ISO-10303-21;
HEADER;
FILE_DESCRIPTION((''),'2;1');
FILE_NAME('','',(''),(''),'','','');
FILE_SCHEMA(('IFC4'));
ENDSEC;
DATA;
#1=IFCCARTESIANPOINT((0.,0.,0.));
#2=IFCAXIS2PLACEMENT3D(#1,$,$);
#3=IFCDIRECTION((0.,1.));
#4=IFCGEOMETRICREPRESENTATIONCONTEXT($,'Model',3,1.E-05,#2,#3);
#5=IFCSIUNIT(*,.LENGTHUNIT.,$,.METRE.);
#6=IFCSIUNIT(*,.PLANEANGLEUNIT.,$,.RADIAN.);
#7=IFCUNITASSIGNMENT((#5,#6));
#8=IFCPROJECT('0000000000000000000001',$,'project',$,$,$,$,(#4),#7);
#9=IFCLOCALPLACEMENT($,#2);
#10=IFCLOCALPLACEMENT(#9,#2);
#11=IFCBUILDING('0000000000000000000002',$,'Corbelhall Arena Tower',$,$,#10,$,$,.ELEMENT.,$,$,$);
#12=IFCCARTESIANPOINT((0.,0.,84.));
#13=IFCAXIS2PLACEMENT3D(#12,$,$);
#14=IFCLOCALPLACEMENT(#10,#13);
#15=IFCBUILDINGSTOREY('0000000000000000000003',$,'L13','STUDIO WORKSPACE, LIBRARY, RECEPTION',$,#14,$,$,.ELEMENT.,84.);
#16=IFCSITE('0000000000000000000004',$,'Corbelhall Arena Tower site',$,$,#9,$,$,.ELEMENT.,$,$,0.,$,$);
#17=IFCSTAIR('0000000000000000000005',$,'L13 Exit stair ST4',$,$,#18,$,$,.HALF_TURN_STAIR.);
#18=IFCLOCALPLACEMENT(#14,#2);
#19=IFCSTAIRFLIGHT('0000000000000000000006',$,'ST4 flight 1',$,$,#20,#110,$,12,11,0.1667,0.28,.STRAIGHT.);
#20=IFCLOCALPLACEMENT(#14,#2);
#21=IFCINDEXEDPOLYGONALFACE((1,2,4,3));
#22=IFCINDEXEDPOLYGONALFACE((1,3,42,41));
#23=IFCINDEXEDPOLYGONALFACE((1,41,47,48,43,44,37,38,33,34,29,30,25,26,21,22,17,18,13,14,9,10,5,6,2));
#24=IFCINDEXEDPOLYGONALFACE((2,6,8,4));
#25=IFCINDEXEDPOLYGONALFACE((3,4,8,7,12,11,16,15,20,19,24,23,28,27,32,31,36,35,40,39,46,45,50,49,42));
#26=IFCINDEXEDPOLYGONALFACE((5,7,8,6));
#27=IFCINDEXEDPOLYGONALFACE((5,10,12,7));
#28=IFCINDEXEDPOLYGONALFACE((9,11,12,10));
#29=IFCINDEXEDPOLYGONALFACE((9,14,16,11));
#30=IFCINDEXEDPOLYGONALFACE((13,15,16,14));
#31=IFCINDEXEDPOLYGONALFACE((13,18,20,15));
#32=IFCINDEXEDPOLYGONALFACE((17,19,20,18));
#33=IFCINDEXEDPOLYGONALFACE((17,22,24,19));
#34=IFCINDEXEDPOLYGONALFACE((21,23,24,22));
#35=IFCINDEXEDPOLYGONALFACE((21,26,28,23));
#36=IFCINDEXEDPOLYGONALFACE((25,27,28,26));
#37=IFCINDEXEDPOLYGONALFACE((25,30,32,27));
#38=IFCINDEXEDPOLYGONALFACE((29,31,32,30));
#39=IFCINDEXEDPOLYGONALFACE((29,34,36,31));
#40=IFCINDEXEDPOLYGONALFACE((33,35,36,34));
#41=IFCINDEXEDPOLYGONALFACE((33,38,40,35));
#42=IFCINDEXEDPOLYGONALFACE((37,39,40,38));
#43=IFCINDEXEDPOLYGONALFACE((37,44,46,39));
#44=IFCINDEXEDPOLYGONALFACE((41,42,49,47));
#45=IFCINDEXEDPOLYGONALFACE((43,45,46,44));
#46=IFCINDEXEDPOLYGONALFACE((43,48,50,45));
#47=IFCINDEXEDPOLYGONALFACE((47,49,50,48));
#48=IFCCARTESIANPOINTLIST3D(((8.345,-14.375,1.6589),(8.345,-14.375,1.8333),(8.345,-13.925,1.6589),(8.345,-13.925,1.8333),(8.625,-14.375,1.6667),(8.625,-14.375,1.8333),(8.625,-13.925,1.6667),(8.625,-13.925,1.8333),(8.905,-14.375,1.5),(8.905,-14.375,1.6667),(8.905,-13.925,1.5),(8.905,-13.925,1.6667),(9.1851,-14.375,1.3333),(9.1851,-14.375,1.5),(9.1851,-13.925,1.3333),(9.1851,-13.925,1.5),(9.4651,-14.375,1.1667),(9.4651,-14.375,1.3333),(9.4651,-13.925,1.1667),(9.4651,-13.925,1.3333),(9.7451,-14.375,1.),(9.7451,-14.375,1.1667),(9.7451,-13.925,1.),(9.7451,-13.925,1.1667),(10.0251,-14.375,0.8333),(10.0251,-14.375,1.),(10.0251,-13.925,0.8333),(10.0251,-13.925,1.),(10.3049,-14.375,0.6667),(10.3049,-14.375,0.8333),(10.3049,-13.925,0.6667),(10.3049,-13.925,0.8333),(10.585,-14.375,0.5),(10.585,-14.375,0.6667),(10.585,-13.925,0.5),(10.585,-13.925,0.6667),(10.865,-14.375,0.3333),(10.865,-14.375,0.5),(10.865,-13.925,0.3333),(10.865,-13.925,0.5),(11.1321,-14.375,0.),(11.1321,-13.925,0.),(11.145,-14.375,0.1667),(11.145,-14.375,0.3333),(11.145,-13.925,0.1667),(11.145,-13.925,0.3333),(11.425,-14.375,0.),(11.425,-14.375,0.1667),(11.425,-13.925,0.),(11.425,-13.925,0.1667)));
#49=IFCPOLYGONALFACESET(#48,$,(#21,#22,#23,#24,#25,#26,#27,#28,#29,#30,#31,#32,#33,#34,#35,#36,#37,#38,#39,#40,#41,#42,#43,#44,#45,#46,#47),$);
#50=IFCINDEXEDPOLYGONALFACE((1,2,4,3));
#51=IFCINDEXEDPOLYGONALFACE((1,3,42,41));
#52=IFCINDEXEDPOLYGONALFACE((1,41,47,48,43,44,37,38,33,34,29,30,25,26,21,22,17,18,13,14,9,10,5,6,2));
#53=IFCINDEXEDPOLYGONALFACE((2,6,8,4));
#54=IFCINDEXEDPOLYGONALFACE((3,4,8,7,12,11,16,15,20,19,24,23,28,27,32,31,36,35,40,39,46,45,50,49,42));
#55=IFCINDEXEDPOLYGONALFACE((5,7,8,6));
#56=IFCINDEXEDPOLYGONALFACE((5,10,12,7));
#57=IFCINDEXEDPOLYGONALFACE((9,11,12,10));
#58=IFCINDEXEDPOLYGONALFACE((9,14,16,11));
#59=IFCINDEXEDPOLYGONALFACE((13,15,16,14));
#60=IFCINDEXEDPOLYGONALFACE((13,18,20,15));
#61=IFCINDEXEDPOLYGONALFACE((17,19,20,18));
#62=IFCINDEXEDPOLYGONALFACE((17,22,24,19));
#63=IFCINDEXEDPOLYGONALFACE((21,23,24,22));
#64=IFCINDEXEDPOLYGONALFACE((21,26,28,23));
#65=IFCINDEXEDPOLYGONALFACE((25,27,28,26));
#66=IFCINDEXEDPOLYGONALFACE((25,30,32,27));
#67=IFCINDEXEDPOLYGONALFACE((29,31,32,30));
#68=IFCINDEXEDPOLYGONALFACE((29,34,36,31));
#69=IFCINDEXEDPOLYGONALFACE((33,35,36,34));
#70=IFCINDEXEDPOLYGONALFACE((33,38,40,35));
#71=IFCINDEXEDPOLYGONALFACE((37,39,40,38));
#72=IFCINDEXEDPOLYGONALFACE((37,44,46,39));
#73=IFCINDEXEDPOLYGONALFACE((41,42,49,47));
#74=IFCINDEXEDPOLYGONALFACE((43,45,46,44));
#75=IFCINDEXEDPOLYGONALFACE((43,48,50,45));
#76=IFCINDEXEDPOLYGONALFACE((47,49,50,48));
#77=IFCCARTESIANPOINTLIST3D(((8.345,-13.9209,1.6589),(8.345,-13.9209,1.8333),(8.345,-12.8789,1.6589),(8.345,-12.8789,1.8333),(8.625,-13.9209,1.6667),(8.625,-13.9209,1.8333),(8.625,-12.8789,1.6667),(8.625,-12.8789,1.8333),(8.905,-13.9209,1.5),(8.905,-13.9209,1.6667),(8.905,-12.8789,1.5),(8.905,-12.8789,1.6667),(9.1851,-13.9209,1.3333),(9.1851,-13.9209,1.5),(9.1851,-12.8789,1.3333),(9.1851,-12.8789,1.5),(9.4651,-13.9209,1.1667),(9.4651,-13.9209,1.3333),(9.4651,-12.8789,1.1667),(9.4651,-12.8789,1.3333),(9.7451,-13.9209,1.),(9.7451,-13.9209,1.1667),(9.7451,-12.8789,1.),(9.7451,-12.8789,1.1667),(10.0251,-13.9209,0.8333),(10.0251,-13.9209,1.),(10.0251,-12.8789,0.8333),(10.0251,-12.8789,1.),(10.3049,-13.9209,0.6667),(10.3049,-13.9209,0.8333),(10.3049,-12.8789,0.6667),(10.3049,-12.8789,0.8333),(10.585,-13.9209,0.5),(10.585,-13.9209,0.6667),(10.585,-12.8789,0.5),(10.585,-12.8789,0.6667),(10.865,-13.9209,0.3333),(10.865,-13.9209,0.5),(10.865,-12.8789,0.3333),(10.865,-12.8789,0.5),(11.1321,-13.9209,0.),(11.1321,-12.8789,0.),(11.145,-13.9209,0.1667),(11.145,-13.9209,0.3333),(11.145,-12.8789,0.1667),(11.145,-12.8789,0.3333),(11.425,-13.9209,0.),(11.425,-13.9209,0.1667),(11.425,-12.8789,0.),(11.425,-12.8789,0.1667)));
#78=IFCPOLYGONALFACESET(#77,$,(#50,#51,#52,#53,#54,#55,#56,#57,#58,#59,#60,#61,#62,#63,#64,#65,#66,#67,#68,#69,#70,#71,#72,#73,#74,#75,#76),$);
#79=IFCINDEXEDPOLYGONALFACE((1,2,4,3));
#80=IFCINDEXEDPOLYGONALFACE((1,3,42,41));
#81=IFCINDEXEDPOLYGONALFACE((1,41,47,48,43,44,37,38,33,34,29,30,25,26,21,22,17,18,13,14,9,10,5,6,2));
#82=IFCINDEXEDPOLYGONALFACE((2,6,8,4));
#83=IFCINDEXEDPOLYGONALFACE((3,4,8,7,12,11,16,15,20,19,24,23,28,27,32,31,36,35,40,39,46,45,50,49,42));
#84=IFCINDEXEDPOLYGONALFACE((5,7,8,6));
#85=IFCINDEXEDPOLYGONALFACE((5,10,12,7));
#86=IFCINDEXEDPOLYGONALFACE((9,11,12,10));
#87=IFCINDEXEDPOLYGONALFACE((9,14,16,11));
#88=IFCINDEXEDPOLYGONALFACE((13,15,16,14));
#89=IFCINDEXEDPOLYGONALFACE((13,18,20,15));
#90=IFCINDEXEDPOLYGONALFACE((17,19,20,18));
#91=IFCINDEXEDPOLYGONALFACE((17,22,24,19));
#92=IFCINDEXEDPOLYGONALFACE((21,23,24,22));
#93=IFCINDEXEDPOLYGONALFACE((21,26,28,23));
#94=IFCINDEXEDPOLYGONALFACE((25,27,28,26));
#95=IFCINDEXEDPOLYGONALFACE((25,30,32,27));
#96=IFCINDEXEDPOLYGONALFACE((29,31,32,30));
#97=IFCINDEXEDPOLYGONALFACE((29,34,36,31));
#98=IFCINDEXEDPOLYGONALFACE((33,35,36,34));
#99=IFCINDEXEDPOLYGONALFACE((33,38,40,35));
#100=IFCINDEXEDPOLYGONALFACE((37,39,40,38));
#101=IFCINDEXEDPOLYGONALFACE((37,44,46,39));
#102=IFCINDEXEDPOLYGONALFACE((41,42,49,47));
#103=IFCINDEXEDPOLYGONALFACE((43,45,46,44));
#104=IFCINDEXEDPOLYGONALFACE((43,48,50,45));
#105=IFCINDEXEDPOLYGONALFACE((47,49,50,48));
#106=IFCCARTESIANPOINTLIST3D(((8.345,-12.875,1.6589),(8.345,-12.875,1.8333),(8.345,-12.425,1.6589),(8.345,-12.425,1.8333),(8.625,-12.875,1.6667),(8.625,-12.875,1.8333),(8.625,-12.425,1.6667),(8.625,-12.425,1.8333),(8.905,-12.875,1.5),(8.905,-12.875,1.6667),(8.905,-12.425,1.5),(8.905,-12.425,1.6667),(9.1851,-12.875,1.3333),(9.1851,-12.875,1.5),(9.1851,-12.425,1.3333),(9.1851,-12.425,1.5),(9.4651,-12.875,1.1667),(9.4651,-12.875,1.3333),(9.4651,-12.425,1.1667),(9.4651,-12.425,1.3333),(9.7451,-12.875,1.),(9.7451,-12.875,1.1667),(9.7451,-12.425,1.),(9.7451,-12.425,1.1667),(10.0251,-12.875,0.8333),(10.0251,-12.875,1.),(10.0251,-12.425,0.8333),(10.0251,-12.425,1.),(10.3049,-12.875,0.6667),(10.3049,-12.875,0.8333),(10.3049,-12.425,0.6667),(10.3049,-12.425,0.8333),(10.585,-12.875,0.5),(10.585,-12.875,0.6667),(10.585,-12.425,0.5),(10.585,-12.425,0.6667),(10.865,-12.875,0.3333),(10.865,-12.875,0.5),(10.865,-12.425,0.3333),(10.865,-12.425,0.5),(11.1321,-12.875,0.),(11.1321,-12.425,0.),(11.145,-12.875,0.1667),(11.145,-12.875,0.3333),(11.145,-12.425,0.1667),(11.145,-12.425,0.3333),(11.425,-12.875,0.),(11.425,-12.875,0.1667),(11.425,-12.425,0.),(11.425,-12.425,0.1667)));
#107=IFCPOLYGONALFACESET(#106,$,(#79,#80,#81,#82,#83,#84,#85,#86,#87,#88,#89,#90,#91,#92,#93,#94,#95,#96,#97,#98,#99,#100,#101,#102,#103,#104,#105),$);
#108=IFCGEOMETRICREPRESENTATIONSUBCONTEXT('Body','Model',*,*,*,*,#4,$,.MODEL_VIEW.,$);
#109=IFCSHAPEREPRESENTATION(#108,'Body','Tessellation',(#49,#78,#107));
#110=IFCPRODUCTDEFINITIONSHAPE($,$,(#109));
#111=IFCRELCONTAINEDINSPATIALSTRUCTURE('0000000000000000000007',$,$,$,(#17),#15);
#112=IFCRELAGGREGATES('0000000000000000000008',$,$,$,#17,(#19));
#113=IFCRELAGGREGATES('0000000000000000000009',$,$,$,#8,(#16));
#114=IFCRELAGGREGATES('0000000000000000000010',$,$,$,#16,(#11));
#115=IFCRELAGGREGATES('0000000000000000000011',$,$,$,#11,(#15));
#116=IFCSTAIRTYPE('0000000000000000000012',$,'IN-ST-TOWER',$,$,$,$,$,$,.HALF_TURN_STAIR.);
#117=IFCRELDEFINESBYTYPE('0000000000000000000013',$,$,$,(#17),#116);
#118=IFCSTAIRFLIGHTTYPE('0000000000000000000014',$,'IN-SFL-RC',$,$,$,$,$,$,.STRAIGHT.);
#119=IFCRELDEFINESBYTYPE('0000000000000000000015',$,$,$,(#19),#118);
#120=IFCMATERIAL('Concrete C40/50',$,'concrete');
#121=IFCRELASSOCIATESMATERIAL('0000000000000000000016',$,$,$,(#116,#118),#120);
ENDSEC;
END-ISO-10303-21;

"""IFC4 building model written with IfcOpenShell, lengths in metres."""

from ifc_helpers import new_model, si_unit, direction, frame, origin, place, context, subcontext, project, spatial, polyline, outline, extrude, material, type_object, element, aggregate, save


model = new_model("IFC4")

# Units and contexts
model_context = context("Model", 3, precision=1e-05, world=origin(), true_north=direction((0.0, 1.0)))
body_context = subcontext(model_context, "Body", "Model", "MODEL_VIEW")
ifc_project = project(units=[si_unit("LENGTHUNIT", "METRE"), si_unit("PLANEANGLEUNIT", "RADIAN")], contexts=[model_context])

# Site, building, storey
site_placement = place(None, origin())
site = spatial("IfcSite", under=ifc_project, at=site_placement, Name="Corbelhall Arena Tower site", CompositionType="ELEMENT", RefElevation=0.0)
building_placement = place(site_placement, origin())
building = spatial("IfcBuilding", under=site, at=building_placement, Name="Corbelhall Arena Tower", CompositionType="ELEMENT")
storey_placement = place(building_placement, frame((0.0, 0.0, 84.0)))
storey = spatial("IfcBuildingStorey", under=building, at=storey_placement, Name="L13", Description="STUDIO WORKSPACE, LIBRARY, RECEPTION", CompositionType="ELEMENT", Elevation=84.0)

# Shared definitions
ifc_material_1 = material(Name="Concrete C40/50", Category="concrete")

# Stair, stair flight
stair_type = type_object("IfcStairType", Name="IN-ST-TOWER", PredefinedType="HALF_TURN_STAIR", material=ifc_material_1)
stair_placement = place(storey_placement, origin())
stair = element("IfcStair", 1, at=stair_placement, inside=storey, type_object=stair_type, Name="L13 Exit stair ST4", PredefinedType="HALF_TURN_STAIR")
stair_flight_type = type_object("IfcStairFlightType", Name="IN-SFL-RC", PredefinedType="STRAIGHT", material=ifc_material_1)
stair_flight_placement = place(storey_placement, frame((11.425, -13.3999, 0.0), z_axis=(0.0, 0.0, 1.0), x_axis=(-1.0, 0.0, 0.0)))
stair_flight = element("IfcStairFlight", 2, at=stair_flight_placement, type_object=stair_flight_type, Name="ST4 flight 1", NumberOfRisers=12, NumberOfTreads=11, PredefinedType="STRAIGHT", RiserHeight=0.1667, TreadLength=0.28, context=body_context, shape_type="SweptSolid", body=[
    extrude(outline(polyline([(0.0, 0.0), (0.0, 0.1667), (0.28, 0.1667), (0.28, 0.3333), (0.5601, 0.3333), (0.5601, 0.5), (0.8401, 0.5), (0.8401, 0.6667), (1.1201, 0.6667), (1.1201, 0.8333), (1.3999, 0.8333), (1.3999, 1.0), (1.6799, 1.0), (1.6799, 1.1667), (1.96, 1.1667), (1.96, 1.3333), (2.24, 1.3333), (2.24, 1.5), (2.52, 1.5), (2.52, 1.6667), (2.8, 1.6667), (2.8, 1.8333), (3.0801, 1.8333), (3.0801, 2.0), (3.0801, 1.6589), (0.293, 0.0), (0.0, 0.0)])), frame((0.0, 0.9751, 0.0), z_axis=(0.0, -1.0, 0.0), x_axis=(1.0, 0.0, 0.0)), (0.0, 0.0, 1.0), 0.45),
    extrude(outline(polyline([(0.0, 0.0), (0.0, 0.1667), (0.28, 0.1667), (0.28, 0.3333), (0.5601, 0.3333), (0.5601, 0.5), (0.8401, 0.5), (0.8401, 0.6667), (1.1201, 0.6667), (1.1201, 0.8333), (1.3999, 0.8333), (1.3999, 1.0), (1.6799, 1.0), (1.6799, 1.1667), (1.96, 1.1667), (1.96, 1.3333), (2.24, 1.3333), (2.24, 1.5), (2.52, 1.5), (2.52, 1.6667), (2.8, 1.6667), (2.8, 1.8333), (3.0801, 1.8333), (3.0801, 2.0), (3.0801, 1.6589), (0.293, 0.0), (0.0, 0.0)])), frame((0.0, 0.521, 0.0), z_axis=(0.0, -1.0, 0.0), x_axis=(1.0, 0.0, 0.0)), (0.0, 0.0, 1.0), 1.042),
    extrude(outline(polyline([(0.0, 0.0), (0.0, 0.1667), (0.28, 0.1667), (0.28, 0.3333), (0.5601, 0.3333), (0.5601, 0.5), (0.8401, 0.5), (0.8401, 0.6667), (1.1201, 0.6667), (1.1201, 0.8333), (1.3999, 0.8333), (1.3999, 1.0), (1.6799, 1.0), (1.6799, 1.1667), (1.96, 1.1667), (1.96, 1.3333), (2.24, 1.3333), (2.24, 1.5), (2.52, 1.5), (2.52, 1.6667), (2.8, 1.6667), (2.8, 1.8333), (3.0801, 1.8333), (3.0801, 2.0), (3.0801, 1.6589), (0.293, 0.0), (0.0, 0.0)])), frame((0.0, -0.5249, 0.0), z_axis=(0.0, -1.0, 0.0), x_axis=(1.0, 0.0, 0.0)), (0.0, 0.0, 1.0), 0.45),
])
aggregate(stair, [stair_flight])

save(model, "model.ifc")
